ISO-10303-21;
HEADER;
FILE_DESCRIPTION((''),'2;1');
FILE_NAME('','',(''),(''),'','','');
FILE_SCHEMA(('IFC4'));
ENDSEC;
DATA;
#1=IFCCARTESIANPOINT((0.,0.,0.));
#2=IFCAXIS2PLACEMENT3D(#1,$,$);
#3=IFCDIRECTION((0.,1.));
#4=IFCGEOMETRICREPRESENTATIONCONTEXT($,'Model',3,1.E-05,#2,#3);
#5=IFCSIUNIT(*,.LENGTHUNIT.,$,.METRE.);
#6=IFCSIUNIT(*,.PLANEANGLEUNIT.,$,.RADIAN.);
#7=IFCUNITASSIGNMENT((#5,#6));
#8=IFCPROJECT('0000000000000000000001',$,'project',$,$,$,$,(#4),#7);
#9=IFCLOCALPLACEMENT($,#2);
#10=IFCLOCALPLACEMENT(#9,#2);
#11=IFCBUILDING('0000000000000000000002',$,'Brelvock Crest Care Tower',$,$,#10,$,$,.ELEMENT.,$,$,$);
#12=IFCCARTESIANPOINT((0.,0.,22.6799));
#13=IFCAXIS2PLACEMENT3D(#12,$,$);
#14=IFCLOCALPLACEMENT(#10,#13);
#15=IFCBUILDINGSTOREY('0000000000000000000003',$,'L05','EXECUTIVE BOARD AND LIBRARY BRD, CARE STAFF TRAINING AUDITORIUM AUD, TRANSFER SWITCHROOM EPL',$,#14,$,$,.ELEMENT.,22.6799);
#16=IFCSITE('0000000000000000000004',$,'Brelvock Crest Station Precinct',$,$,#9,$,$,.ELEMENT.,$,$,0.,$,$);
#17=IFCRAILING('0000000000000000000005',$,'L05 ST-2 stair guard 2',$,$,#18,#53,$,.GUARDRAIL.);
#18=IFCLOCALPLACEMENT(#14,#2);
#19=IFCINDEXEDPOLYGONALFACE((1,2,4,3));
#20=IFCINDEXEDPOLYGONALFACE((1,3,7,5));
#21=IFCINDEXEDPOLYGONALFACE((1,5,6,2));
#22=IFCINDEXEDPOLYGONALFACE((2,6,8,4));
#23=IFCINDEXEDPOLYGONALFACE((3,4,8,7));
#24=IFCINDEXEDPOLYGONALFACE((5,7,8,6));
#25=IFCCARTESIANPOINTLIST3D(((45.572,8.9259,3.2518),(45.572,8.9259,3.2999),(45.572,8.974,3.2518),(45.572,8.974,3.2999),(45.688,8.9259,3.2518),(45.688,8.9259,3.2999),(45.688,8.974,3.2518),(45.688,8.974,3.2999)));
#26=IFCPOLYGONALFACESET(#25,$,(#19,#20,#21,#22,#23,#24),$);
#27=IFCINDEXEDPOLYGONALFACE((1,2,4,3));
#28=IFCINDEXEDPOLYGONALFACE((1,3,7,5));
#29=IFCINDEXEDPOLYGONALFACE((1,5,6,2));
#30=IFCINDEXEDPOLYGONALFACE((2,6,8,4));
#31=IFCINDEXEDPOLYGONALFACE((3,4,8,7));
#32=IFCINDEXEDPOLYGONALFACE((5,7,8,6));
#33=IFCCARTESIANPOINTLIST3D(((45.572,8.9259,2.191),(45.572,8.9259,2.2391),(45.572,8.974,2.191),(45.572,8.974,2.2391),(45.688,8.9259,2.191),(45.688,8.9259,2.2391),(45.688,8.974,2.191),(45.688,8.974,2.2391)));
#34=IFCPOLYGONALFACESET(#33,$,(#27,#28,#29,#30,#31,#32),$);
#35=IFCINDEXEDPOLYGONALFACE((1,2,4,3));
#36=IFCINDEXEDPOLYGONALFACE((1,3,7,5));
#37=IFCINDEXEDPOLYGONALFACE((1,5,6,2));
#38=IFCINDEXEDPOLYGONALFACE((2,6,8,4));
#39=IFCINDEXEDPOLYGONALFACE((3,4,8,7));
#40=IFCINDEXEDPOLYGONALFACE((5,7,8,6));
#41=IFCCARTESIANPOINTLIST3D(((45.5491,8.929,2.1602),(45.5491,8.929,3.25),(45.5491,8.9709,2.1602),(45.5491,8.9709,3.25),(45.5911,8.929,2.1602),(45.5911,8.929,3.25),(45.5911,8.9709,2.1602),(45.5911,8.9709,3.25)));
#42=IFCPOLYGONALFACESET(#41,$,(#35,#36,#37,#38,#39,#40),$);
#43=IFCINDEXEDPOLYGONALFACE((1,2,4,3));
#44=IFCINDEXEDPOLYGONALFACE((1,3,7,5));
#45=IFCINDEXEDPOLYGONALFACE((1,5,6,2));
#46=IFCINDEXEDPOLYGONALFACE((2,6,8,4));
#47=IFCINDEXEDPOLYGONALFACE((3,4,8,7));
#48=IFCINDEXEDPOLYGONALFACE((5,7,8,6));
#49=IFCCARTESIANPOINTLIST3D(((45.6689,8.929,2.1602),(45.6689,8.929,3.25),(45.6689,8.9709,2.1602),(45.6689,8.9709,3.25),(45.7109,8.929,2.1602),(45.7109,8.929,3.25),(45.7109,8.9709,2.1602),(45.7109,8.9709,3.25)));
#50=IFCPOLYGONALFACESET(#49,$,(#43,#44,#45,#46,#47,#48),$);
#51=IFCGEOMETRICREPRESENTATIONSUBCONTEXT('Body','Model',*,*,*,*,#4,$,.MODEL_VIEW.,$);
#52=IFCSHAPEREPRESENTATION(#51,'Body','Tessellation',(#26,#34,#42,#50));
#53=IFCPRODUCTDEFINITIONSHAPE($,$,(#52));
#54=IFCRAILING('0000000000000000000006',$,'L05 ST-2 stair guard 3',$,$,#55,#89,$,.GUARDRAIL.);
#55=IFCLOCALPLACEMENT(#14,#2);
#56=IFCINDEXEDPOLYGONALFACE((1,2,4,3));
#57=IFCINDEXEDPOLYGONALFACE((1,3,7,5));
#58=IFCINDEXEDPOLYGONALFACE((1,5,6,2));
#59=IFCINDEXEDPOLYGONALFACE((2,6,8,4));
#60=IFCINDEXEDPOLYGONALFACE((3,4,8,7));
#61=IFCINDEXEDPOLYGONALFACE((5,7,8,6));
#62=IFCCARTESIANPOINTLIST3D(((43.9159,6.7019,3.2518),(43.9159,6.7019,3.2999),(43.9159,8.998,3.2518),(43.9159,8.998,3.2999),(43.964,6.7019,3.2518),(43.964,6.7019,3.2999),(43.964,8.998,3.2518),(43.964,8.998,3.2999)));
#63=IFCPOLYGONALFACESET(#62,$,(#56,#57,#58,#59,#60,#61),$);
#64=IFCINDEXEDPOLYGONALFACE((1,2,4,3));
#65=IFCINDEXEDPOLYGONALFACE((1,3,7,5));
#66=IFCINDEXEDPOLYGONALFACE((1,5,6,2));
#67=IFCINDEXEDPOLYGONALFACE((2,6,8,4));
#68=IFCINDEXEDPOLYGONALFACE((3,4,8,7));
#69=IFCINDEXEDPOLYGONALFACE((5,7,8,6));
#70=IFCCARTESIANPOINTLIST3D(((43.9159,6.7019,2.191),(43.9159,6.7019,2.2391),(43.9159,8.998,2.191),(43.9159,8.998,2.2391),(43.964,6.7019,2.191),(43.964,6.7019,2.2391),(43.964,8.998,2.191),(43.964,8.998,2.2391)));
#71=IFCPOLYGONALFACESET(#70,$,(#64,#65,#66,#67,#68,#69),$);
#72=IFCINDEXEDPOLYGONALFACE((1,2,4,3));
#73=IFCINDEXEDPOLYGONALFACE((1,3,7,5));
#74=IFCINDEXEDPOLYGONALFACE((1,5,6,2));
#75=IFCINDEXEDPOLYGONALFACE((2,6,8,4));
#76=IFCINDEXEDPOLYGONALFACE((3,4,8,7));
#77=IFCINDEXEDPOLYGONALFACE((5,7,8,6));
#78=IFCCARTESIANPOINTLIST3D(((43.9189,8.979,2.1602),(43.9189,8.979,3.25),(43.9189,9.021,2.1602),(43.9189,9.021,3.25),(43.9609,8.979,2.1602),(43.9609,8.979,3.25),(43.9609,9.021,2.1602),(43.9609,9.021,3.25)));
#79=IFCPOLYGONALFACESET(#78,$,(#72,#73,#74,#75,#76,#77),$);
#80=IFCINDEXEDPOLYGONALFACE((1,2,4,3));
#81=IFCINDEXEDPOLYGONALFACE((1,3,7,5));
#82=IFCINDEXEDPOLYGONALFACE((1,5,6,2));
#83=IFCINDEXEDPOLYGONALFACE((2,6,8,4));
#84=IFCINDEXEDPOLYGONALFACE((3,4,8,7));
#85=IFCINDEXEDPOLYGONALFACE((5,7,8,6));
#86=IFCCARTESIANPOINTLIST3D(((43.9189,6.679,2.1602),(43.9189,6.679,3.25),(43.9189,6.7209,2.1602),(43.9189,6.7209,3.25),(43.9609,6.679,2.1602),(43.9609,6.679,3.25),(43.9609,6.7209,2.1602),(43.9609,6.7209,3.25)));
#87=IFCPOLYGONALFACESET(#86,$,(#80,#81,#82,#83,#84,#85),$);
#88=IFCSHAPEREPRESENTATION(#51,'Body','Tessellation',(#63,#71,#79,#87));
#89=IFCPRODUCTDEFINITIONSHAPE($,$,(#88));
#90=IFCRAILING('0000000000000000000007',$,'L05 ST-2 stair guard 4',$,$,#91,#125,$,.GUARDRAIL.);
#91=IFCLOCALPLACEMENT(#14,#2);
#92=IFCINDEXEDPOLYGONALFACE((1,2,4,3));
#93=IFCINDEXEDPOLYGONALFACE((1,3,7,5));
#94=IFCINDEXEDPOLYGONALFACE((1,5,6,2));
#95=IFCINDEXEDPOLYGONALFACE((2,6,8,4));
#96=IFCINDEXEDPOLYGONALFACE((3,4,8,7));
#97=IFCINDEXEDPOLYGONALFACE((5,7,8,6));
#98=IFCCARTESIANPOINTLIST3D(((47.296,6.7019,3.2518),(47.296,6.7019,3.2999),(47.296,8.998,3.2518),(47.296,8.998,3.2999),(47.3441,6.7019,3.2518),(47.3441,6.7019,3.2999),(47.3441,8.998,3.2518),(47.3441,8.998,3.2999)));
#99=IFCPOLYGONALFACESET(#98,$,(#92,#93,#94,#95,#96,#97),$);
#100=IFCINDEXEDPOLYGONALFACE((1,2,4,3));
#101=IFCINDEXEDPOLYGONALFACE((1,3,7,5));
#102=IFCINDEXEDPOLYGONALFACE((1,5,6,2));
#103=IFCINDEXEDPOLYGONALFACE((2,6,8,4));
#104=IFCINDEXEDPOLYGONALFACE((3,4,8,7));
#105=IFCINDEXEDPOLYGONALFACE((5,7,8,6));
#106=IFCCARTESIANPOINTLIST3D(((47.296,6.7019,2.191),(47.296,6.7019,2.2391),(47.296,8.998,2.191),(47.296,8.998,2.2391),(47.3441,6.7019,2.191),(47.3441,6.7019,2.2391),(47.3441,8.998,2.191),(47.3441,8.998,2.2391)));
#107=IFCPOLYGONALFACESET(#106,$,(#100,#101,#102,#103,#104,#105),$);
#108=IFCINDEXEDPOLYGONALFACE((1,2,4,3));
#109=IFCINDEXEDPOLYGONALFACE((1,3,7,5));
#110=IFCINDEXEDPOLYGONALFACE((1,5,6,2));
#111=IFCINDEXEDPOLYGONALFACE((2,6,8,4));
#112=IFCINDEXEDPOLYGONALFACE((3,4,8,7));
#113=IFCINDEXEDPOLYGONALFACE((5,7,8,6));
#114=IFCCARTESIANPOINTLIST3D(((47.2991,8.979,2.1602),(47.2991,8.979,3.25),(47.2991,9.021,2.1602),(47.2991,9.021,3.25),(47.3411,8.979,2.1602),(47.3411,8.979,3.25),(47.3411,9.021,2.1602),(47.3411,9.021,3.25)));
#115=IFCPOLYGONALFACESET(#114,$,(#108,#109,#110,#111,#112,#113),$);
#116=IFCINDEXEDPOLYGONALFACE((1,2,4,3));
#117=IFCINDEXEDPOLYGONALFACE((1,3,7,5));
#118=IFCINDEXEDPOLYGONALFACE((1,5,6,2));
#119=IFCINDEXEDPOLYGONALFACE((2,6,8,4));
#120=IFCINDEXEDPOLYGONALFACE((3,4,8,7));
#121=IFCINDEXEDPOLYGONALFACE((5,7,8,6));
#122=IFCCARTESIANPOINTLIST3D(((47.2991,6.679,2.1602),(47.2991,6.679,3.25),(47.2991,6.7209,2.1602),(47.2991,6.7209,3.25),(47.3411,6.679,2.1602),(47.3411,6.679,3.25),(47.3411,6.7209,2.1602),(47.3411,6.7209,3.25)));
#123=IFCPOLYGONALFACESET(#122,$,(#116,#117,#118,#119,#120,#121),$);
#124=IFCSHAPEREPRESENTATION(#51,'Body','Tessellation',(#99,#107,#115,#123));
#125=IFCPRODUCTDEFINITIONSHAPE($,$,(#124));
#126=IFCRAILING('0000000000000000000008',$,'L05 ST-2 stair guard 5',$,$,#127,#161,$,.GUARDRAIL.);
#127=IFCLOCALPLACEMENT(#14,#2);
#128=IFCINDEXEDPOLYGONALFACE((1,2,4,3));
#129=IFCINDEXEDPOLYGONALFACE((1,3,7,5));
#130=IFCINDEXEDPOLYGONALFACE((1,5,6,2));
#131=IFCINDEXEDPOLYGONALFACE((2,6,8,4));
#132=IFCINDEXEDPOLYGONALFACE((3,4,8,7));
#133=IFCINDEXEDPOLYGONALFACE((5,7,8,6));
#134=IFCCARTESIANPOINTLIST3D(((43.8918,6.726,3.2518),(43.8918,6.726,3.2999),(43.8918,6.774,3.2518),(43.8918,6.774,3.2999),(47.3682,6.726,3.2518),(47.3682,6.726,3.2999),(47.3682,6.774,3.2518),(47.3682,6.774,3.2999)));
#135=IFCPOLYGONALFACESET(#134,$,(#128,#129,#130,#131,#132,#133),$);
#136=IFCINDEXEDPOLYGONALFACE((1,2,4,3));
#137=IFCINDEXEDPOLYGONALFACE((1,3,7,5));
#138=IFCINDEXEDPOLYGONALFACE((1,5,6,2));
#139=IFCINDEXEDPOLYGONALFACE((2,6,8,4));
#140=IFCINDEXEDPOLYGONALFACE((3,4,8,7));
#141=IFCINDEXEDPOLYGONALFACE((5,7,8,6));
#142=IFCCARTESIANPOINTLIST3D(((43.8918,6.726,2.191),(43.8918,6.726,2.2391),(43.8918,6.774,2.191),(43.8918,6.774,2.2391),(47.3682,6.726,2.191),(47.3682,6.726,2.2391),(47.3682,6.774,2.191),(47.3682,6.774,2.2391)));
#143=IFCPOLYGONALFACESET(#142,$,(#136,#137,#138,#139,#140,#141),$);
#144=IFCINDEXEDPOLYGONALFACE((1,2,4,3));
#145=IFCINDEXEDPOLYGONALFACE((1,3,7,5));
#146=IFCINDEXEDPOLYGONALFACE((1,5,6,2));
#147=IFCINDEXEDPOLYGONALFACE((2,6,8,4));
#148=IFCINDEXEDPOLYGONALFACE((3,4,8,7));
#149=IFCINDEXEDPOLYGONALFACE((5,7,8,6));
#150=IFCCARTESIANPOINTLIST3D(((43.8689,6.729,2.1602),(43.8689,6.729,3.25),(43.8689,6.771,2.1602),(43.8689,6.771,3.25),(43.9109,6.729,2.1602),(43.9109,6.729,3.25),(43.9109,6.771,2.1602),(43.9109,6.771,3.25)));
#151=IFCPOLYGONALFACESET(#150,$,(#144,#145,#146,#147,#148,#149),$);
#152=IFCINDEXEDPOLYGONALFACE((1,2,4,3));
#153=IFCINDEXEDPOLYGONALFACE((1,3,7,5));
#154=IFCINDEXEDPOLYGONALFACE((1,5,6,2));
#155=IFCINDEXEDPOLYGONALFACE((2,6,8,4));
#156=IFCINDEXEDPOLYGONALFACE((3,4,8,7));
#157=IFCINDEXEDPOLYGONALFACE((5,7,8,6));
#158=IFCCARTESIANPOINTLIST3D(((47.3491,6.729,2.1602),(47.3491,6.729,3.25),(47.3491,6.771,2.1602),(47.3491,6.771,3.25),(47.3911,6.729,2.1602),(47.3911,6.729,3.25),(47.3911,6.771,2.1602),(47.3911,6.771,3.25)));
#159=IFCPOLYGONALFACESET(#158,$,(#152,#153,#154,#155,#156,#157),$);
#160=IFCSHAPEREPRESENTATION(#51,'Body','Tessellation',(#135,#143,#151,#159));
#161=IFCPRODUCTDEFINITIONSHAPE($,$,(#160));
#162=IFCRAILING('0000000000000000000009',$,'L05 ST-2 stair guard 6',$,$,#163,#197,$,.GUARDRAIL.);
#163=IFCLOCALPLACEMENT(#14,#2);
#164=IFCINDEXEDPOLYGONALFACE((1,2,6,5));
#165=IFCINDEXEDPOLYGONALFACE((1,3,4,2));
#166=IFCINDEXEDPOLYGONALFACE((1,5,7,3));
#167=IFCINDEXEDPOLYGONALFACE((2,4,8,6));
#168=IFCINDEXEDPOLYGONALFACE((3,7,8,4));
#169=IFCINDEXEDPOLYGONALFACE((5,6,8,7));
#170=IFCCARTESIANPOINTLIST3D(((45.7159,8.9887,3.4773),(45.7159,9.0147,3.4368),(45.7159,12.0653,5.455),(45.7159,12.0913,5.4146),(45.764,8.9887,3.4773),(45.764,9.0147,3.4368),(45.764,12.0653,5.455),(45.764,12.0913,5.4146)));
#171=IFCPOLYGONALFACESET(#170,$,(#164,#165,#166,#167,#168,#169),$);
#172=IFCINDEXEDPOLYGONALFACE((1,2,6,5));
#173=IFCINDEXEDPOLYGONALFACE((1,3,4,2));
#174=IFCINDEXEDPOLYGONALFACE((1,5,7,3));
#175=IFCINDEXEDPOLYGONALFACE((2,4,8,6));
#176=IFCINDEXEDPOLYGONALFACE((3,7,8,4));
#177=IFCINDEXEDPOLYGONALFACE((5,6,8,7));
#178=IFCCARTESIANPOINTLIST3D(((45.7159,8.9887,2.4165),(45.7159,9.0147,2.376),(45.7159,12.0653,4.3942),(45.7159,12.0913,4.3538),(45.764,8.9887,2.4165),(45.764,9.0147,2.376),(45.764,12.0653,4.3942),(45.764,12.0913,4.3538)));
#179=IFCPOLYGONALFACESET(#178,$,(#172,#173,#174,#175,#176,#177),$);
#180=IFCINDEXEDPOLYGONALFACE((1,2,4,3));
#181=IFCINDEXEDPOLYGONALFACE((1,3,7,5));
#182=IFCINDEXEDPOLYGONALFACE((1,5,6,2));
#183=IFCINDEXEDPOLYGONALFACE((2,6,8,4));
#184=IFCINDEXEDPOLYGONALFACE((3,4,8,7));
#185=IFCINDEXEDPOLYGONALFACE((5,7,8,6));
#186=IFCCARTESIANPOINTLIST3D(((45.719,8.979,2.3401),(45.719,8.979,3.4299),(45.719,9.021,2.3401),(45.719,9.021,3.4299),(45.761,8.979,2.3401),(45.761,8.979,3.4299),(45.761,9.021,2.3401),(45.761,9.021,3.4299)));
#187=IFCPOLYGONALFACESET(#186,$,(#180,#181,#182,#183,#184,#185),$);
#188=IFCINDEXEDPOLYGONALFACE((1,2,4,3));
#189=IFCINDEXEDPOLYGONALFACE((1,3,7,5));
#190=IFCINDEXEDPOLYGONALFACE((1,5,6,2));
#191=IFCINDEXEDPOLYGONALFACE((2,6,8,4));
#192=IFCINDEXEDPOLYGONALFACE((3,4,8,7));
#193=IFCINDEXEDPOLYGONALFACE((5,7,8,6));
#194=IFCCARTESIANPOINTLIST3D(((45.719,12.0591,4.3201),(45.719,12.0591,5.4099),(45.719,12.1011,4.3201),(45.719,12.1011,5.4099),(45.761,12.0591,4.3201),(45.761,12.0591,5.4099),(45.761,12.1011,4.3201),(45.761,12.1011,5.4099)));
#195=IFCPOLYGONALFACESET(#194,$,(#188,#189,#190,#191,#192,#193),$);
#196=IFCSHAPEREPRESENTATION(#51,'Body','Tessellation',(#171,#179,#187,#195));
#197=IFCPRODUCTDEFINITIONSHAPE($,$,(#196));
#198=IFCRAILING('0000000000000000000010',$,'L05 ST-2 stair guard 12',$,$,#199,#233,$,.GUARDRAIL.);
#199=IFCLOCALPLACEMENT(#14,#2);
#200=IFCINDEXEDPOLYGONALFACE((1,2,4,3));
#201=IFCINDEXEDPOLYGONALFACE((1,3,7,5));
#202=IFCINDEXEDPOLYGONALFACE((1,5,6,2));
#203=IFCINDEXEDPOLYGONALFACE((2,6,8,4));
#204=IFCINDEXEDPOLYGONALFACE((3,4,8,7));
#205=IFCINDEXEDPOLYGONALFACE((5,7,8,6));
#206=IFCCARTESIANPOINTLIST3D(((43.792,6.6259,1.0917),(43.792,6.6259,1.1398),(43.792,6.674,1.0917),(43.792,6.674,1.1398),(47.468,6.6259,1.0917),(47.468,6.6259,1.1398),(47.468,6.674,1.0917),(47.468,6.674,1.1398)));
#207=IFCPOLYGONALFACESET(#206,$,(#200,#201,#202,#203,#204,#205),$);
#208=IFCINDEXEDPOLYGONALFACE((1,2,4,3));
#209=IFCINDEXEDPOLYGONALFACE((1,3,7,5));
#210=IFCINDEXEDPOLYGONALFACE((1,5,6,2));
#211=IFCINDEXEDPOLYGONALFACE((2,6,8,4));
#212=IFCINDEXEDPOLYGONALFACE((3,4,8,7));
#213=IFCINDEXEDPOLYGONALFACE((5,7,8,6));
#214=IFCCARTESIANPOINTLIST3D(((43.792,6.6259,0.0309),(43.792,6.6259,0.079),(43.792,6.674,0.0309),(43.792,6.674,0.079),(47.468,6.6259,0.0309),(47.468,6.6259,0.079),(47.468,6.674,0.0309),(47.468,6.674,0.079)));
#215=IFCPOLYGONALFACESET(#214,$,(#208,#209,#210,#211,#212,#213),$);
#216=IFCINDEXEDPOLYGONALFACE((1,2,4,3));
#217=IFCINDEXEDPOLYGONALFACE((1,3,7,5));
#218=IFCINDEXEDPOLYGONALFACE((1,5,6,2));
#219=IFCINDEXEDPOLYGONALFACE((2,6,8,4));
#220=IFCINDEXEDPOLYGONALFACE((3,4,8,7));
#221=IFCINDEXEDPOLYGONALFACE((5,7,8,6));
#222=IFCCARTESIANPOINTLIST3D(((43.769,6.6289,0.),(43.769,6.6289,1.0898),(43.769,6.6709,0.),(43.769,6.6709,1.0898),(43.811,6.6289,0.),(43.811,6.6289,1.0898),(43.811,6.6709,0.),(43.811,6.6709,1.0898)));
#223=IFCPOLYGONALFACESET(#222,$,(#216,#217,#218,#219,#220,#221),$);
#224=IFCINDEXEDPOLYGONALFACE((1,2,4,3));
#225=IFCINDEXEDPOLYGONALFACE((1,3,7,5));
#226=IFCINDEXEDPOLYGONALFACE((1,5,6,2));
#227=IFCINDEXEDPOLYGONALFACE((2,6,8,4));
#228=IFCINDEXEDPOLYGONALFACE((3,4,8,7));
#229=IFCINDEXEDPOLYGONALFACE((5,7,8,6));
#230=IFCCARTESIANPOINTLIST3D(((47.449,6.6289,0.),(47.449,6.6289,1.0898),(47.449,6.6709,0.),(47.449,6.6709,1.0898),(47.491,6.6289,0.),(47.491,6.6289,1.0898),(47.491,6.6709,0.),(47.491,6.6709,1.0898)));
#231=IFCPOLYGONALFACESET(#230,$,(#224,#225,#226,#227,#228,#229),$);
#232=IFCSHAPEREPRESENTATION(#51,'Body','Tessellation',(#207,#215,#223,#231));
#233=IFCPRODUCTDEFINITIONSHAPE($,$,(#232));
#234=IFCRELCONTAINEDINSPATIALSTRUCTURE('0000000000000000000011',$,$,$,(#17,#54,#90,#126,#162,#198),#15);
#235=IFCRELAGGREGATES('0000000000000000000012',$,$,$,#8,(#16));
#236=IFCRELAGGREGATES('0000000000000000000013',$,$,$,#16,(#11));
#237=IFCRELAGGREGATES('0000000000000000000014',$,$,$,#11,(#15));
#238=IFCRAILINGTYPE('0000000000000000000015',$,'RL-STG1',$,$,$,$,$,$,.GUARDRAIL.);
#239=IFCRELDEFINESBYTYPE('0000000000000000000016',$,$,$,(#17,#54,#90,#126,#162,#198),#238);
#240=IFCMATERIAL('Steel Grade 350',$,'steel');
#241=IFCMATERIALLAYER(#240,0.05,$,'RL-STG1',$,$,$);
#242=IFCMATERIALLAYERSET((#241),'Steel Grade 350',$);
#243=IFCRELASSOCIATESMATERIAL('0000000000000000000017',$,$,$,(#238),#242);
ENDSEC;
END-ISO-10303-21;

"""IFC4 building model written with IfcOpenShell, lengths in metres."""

from ifc_helpers import new_model, si_unit, direction, frame, origin, origin_2d, place, context, subcontext, project, spatial, rectangle, extrude, material, layer, layer_set, type_object, element, save


model = new_model("IFC4")

# Units and contexts
model_context = context("Model", 3, precision=1e-05, world=origin(), true_north=direction((0.0, 1.0)))
body_context = subcontext(model_context, "Body", "Model", "MODEL_VIEW")
ifc_project = project(units=[si_unit("LENGTHUNIT", "METRE"), si_unit("PLANEANGLEUNIT", "RADIAN")], contexts=[model_context])

# Site, building, storey
site_placement = place(None, origin())
site = spatial("IfcSite", under=ifc_project, at=site_placement, Name="Brelvock Crest Station Precinct", CompositionType="ELEMENT", RefElevation=0.0)
building_placement = place(site_placement, origin())
building = spatial("IfcBuilding", under=site, at=building_placement, Name="Brelvock Crest Care Tower", CompositionType="ELEMENT")
storey_placement = place(building_placement, frame((0.0, 0.0, 22.6799)))
storey = spatial("IfcBuildingStorey", under=building, at=storey_placement, Name="L05", Description="EXECUTIVE BOARD AND LIBRARY BRD, CARE STAFF TRAINING AUDITORIUM AUD, TRANSFER SWITCHROOM EPL", CompositionType="ELEMENT", Elevation=22.6799)

# Shared definitions
ifc_material_1 = material(Name="Steel Grade 350", Category="steel")

# Railings
ifc_layer_1 = layer(ifc_material_1, 0.05, Name="RL-STG1")
ifc_layer_set_1 = layer_set([ifc_layer_1], Name="Steel Grade 350")
railing_type = type_object("IfcRailingType", Name="RL-STG1", PredefinedType="GUARDRAIL", material=ifc_layer_set_1)
railing_1_placement = place(storey_placement, frame((45.5701, 8.95, 2.1602)))
element("IfcRailing", 1, at=railing_1_placement, inside=storey, type_object=railing_type, Name="L05 ST-2 stair guard 2", PredefinedType="GUARDRAIL", context=body_context, shape_type="SweptSolid", body=[
    extrude(rectangle(XDim=0.0481, YDim=0.0481, at=origin_2d()), frame((0.002, 0.0, 1.1157), z_axis=(1.0, 0.0, 0.0), x_axis=(0.0, 1.0, 0.0)), (0.0, 0.0, 1.0), 0.116),
    extrude(rectangle(XDim=0.0481, YDim=0.0481, at=origin_2d()), frame((0.002, 0.0, 0.0549), z_axis=(1.0, 0.0, 0.0), x_axis=(0.0, 1.0, 0.0)), (0.0, 0.0, 1.0), 0.116),
    extrude(rectangle(XDim=0.042, YDim=0.042, at=origin_2d()), origin(), (0.0, 0.0, 1.0), 1.0898),
    extrude(rectangle(XDim=0.042, YDim=0.042, at=origin_2d()), frame((0.1199, 0.0, 0.0)), (0.0, 0.0, 1.0), 1.0898),
])
for number, where, name in (
    (2, (43.9399, 9.0, 2.1602), "L05 ST-2 stair guard 3"),
    (3, (47.3201, 9.0, 2.1602), "L05 ST-2 stair guard 4"),
):
    element("IfcRailing", number, at=place(storey_placement, frame(where)), inside=storey, type_object=railing_type, Name=name, PredefinedType="GUARDRAIL", context=body_context, shape_type="SweptSolid", body=[
        extrude(rectangle(XDim=0.0481, YDim=0.0481, at=origin_2d()), frame((0.0, -0.002, 1.1157), z_axis=(0.0, -1.0, 0.0), x_axis=(1.0, 0.0, 0.0)), (0.0, 0.0, 1.0), 2.2961),
        extrude(rectangle(XDim=0.0481, YDim=0.0481, at=origin_2d()), frame((0.0, -0.002, 0.0549), z_axis=(0.0, -1.0, 0.0), x_axis=(1.0, 0.0, 0.0)), (0.0, 0.0, 1.0), 2.2961),
        extrude(rectangle(XDim=0.042, YDim=0.042, at=origin_2d()), origin(), (0.0, 0.0, 1.0), 1.0898),
        extrude(rectangle(XDim=0.042, YDim=0.042, at=origin_2d()), frame((0.0, -2.3, 0.0)), (0.0, 0.0, 1.0), 1.0898),
    ])
railing_2_placement = place(storey_placement, frame((43.8899, 6.75, 2.1602)))
element("IfcRailing", 4, at=railing_2_placement, inside=storey, type_object=railing_type, Name="L05 ST-2 stair guard 5", PredefinedType="GUARDRAIL", context=body_context, shape_type="SweptSolid", body=[
    extrude(rectangle(XDim=0.0481, YDim=0.0481, at=origin_2d()), frame((0.002, 0.0, 1.1157), z_axis=(1.0, 0.0, 0.0), x_axis=(0.0, 1.0, 0.0)), (0.0, 0.0, 1.0), 3.4763),
    extrude(rectangle(XDim=0.0481, YDim=0.0481, at=origin_2d()), frame((0.002, 0.0, 0.0549), z_axis=(1.0, 0.0, 0.0), x_axis=(0.0, 1.0, 0.0)), (0.0, 0.0, 1.0), 3.4763),
    extrude(rectangle(XDim=0.042, YDim=0.042, at=origin_2d()), origin(), (0.0, 0.0, 1.0), 1.0898),
    extrude(rectangle(XDim=0.042, YDim=0.042, at=origin_2d()), frame((3.4802, 0.0, 0.0)), (0.0, 0.0, 1.0), 1.0898),
])
railing_3_placement = place(storey_placement, frame((45.74, 9.0, 2.3401)))
element("IfcRailing", 5, at=railing_3_placement, inside=storey, type_object=railing_type, Name="L05 ST-2 stair guard 6", PredefinedType="GUARDRAIL", context=body_context, shape_type="SweptSolid", body=[
    extrude(rectangle(XDim=0.0481, YDim=0.0481, at=origin_2d()), frame((0.0, 0.0017, 1.1169), z_axis=(0.0, 0.841187, 0.540744), x_axis=(-1.0, 0.0, 0.0)), (0.0, 0.0, 1.0), 3.6575),
    extrude(rectangle(XDim=0.0481, YDim=0.0481, at=origin_2d()), frame((0.0, 0.0017, 0.0562), z_axis=(0.0, 0.841187, 0.540744), x_axis=(-1.0, 0.0, 0.0)), (0.0, 0.0, 1.0), 3.6575),
    extrude(rectangle(XDim=0.042, YDim=0.042, at=origin_2d()), origin(), (0.0, 0.0, 1.0), 1.0898),
    extrude(rectangle(XDim=0.042, YDim=0.042, at=origin_2d()), frame((0.0, 3.0801, 1.98)), (0.0, 0.0, 1.0), 1.0898),
])
railing_4_placement = place(storey_placement, frame((43.79, 6.6499, 0.0)))
element("IfcRailing", 6, at=railing_4_placement, inside=storey, type_object=railing_type, Name="L05 ST-2 stair guard 12", PredefinedType="GUARDRAIL", context=body_context, shape_type="SweptSolid", body=[
    extrude(rectangle(XDim=0.0481, YDim=0.0481, at=origin_2d()), frame((0.002, 0.0, 1.1157), z_axis=(1.0, 0.0, 0.0), x_axis=(0.0, 1.0, 0.0)), (0.0, 0.0, 1.0), 3.676),
    extrude(rectangle(XDim=0.0481, YDim=0.0481, at=origin_2d()), frame((0.002, 0.0, 0.0549), z_axis=(1.0, 0.0, 0.0), x_axis=(0.0, 1.0, 0.0)), (0.0, 0.0, 1.0), 3.676),
    extrude(rectangle(XDim=0.042, YDim=0.042, at=origin_2d()), origin(), (0.0, 0.0, 1.0), 1.0898),
    extrude(rectangle(XDim=0.042, YDim=0.042, at=origin_2d()), frame((3.6799, 0.0, 0.0)), (0.0, 0.0, 1.0), 1.0898),
])

save(model, "model.ifc")
